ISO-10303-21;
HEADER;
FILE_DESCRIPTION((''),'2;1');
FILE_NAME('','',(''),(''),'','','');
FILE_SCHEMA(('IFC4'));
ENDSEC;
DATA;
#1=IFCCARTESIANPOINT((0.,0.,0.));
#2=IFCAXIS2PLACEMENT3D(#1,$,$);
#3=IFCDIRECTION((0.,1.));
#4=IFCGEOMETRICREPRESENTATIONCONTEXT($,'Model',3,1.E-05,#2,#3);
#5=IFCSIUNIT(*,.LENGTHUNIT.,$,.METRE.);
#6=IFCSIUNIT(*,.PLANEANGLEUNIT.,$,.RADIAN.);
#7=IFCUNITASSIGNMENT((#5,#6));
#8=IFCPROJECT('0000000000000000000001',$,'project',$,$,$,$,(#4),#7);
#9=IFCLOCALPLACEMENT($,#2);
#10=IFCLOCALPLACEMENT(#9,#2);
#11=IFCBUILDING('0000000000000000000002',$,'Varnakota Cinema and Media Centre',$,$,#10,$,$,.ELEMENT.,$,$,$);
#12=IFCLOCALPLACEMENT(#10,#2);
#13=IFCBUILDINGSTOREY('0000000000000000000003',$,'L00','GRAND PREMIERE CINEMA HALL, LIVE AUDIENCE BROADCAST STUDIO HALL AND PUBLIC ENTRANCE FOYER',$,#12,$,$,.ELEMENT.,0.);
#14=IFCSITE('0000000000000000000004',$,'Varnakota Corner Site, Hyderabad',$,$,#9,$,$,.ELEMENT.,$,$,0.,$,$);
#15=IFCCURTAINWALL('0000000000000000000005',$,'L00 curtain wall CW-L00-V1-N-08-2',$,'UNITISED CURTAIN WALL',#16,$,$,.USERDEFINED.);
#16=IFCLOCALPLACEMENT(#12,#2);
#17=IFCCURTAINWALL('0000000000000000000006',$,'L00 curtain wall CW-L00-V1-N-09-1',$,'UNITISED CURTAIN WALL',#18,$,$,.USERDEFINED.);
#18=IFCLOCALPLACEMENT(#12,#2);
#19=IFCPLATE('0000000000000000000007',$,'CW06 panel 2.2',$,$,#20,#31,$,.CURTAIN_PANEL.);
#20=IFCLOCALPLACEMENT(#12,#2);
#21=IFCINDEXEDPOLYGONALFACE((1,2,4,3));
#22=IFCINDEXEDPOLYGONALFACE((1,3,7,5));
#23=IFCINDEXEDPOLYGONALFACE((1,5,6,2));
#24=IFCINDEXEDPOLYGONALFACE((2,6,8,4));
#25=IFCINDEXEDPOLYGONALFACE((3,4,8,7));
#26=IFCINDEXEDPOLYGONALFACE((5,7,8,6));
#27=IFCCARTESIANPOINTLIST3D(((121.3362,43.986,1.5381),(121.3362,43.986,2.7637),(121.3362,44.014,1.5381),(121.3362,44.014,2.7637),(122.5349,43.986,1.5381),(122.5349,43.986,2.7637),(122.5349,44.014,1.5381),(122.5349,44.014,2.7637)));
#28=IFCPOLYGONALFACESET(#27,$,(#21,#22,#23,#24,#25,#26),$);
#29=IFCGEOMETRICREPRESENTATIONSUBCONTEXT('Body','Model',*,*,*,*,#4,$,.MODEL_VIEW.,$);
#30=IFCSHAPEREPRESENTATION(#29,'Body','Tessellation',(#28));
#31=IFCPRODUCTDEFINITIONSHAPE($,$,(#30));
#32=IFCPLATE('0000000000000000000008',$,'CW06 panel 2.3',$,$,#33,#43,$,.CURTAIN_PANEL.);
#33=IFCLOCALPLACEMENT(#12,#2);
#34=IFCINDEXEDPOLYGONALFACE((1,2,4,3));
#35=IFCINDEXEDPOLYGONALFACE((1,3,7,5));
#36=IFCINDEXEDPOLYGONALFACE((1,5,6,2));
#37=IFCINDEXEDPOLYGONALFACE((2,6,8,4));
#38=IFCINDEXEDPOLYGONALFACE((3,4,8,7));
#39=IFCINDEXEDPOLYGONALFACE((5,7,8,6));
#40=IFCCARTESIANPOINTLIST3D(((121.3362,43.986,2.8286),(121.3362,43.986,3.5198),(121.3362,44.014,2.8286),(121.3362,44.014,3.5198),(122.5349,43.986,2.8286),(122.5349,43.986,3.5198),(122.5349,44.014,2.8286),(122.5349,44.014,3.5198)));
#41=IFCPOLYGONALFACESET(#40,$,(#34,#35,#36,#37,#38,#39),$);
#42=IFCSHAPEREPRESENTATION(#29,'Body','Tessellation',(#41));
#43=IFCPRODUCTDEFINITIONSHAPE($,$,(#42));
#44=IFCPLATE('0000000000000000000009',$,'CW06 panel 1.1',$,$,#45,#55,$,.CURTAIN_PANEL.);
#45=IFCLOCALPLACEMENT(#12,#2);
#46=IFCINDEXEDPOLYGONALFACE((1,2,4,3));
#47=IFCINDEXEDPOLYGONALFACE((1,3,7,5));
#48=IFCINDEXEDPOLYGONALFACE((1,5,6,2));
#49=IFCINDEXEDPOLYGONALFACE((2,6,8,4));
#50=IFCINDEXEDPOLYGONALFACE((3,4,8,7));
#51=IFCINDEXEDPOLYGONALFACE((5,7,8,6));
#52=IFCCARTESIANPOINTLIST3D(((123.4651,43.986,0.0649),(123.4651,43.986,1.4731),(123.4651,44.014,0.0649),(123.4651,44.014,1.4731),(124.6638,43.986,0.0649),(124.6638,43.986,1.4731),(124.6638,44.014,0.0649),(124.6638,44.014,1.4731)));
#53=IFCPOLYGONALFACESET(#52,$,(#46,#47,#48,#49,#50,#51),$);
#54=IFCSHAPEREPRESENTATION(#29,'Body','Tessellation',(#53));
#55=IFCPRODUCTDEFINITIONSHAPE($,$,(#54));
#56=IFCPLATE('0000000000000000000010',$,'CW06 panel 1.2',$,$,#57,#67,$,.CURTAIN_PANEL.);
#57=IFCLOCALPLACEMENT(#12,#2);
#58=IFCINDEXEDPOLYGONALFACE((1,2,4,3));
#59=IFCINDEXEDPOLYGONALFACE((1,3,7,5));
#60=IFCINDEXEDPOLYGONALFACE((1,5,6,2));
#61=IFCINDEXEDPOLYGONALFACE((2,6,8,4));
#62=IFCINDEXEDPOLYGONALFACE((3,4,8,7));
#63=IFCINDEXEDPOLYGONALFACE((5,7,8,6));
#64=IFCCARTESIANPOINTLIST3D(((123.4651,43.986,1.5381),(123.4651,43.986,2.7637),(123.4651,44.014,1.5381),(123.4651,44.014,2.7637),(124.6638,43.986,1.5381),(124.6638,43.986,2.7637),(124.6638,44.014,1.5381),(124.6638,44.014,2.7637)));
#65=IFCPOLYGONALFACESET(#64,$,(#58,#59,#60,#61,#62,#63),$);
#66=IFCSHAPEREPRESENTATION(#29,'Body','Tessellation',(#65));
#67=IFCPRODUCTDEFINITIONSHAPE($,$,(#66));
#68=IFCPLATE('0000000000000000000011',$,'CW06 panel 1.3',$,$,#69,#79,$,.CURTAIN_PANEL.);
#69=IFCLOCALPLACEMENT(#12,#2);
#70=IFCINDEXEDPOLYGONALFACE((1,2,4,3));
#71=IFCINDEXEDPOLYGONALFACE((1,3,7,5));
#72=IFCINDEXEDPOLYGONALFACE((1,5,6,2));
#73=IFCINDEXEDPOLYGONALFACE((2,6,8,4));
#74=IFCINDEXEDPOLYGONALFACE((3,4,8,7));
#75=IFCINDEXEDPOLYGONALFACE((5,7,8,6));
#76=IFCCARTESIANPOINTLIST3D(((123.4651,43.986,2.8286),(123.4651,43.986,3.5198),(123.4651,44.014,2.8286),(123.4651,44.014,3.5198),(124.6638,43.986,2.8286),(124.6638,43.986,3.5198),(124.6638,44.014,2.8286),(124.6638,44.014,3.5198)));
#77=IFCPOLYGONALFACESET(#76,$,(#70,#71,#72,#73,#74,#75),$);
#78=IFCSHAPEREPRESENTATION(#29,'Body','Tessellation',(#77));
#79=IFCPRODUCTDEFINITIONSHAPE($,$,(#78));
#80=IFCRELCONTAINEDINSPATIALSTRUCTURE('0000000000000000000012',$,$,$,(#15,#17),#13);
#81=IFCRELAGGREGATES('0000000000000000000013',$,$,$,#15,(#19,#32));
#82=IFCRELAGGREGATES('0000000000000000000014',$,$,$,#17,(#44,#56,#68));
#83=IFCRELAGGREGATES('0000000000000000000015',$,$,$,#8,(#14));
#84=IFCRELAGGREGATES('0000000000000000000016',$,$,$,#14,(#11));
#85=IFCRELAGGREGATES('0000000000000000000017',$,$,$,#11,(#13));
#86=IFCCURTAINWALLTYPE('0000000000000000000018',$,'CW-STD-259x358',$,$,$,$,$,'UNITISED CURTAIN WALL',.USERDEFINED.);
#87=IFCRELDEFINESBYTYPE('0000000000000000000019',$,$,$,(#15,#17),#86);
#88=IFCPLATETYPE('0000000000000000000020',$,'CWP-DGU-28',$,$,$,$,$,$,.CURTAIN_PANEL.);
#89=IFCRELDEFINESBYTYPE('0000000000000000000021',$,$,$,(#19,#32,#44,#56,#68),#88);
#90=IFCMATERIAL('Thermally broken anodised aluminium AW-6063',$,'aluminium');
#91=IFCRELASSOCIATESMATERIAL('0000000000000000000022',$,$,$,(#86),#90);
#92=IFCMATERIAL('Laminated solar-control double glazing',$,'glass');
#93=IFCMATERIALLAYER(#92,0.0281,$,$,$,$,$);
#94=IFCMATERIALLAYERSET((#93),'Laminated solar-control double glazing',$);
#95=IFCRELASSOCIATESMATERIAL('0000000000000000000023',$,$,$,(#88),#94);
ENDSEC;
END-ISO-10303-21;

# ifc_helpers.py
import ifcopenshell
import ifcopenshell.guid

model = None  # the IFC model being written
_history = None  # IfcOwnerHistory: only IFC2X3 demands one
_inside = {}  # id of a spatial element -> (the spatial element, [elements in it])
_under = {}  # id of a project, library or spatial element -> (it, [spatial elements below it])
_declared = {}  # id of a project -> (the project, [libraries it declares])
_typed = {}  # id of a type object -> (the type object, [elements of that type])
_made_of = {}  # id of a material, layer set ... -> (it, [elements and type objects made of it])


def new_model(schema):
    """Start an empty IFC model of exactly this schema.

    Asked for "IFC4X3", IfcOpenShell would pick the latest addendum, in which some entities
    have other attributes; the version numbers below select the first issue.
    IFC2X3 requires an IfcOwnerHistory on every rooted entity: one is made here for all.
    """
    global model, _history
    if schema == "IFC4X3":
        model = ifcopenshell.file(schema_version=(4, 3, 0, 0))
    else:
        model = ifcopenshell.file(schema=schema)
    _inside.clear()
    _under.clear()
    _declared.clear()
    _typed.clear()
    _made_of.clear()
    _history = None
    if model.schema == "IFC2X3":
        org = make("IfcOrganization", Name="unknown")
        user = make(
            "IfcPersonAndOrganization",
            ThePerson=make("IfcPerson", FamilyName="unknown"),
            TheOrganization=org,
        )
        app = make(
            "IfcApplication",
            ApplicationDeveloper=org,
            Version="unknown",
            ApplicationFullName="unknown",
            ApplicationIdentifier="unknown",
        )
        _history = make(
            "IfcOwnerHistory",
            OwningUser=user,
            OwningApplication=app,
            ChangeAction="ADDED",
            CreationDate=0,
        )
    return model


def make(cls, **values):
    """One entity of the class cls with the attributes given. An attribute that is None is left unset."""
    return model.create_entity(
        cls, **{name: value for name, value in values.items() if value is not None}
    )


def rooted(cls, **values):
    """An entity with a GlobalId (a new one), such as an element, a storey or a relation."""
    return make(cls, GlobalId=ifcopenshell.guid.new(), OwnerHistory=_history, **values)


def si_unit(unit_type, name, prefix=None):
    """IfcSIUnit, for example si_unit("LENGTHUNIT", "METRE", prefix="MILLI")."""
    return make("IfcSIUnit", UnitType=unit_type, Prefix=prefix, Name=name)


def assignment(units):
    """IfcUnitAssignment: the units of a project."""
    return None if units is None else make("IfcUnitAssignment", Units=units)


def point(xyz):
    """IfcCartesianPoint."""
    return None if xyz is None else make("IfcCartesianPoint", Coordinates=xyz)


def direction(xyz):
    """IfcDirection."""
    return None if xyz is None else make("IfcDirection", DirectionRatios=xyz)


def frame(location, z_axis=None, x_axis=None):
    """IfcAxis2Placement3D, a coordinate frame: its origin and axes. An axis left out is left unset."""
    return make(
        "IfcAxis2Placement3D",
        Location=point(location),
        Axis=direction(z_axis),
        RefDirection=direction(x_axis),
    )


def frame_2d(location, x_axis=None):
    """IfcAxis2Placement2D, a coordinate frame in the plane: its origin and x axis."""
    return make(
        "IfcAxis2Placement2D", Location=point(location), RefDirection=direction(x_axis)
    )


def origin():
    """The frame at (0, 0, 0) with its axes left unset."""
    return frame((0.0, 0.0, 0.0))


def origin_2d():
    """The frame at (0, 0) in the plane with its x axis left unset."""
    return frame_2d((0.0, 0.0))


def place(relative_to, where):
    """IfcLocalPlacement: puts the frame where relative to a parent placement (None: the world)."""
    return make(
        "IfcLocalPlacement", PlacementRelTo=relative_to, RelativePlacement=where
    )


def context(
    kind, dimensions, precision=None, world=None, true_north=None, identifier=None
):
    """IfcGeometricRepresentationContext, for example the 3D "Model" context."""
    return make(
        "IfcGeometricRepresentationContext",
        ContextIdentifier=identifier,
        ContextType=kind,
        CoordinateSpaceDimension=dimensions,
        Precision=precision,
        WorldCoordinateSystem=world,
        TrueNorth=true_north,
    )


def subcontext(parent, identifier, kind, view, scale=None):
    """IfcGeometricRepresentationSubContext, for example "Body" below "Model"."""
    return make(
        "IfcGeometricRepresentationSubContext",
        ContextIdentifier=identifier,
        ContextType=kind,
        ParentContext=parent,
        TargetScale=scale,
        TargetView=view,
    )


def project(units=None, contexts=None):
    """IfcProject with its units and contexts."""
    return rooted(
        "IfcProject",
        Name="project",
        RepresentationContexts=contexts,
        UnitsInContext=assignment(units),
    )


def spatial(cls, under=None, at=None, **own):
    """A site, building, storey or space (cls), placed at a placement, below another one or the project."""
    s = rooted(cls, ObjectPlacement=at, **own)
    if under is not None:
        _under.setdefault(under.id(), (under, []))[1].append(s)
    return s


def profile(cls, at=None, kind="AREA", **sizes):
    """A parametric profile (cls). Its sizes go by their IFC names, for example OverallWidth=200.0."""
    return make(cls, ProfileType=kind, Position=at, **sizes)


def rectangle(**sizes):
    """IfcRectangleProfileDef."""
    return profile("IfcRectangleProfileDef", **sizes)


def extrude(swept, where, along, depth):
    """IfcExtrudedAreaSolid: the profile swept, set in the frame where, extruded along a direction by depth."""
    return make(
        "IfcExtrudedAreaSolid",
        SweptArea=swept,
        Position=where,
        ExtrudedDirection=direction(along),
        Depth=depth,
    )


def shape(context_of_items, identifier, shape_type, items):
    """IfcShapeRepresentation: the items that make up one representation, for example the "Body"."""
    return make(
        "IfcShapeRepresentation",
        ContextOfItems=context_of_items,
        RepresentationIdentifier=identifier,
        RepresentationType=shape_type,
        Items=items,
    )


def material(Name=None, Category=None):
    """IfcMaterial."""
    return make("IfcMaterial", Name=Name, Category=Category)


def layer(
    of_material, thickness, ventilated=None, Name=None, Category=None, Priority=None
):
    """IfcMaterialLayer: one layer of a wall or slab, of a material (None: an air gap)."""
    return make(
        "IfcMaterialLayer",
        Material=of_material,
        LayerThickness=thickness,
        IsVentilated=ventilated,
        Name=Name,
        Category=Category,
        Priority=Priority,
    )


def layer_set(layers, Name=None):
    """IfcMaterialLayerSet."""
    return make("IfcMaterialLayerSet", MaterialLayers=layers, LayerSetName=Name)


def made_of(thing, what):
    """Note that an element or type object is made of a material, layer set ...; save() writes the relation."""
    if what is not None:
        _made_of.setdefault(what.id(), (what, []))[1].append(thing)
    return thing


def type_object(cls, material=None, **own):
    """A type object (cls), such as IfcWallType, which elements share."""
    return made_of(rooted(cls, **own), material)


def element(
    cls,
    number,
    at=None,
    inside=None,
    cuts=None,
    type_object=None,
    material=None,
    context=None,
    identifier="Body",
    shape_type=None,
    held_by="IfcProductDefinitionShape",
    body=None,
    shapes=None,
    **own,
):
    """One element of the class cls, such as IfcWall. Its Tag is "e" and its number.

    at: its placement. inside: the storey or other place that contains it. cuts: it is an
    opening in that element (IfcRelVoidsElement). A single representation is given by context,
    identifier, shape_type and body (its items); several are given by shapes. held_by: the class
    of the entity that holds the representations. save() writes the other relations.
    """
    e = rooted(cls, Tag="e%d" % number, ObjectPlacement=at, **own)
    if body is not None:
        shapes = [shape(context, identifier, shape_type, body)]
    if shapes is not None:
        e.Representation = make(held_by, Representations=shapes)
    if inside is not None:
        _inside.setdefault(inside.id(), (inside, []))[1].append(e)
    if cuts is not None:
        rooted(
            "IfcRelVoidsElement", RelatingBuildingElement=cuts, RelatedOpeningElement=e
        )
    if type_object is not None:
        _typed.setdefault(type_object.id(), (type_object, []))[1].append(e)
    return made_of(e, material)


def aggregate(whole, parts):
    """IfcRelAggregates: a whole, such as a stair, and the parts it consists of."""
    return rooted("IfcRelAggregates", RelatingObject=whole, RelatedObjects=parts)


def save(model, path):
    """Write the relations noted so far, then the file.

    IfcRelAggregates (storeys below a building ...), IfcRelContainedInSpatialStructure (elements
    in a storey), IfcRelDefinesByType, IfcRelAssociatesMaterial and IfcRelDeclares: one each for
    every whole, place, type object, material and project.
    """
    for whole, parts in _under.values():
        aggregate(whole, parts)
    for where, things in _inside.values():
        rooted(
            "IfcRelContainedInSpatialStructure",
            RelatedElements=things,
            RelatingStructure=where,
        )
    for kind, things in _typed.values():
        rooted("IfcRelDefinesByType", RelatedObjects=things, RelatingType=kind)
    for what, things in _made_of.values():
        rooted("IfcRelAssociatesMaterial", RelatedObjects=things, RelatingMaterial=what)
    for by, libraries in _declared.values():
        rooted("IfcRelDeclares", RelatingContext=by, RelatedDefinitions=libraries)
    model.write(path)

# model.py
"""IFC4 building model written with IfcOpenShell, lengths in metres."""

from ifc_helpers import new_model, si_unit, direction, frame, origin, origin_2d, place, context, subcontext, project, spatial, rectangle, extrude, material, layer, layer_set, type_object, element, aggregate, save


model = new_model("IFC4")

# Units and contexts
model_context = context("Model", 3, precision=1e-05, world=origin(), true_north=direction((0.0, 1.0)))
body_context = subcontext(model_context, "Body", "Model", "MODEL_VIEW")
ifc_project = project(units=[si_unit("LENGTHUNIT", "METRE"), si_unit("PLANEANGLEUNIT", "RADIAN")], contexts=[model_context])

# Site, building, storey
site_placement = place(None, origin())
site = spatial("IfcSite", under=ifc_project, at=site_placement, Name="Varnakota Corner Site, Hyderabad", CompositionType="ELEMENT", RefElevation=0.0)
building_placement = place(site_placement, origin())
building = spatial("IfcBuilding", under=site, at=building_placement, Name="Varnakota Cinema and Media Centre", CompositionType="ELEMENT")
storey_placement = place(building_placement, origin())
storey = spatial("IfcBuildingStorey", under=building, at=storey_placement, Name="L00", Description="GRAND PREMIERE CINEMA HALL, LIVE AUDIENCE BROADCAST STUDIO HALL AND PUBLIC ENTRANCE FOYER", CompositionType="ELEMENT", Elevation=0.0)

# Curtain walls
ifc_material_1 = material(Name="Thermally broken anodised aluminium AW-6063", Category="aluminium")
curtain_wall_type = type_object("IfcCurtainWallType", Name="CW-STD-259x358", ElementType="UNITISED CURTAIN WALL", PredefinedType="USERDEFINED", material=ifc_material_1)
curtain_wall_1_placement = place(storey_placement, origin())
curtain_wall_1 = element("IfcCurtainWall", 1, at=curtain_wall_1_placement, inside=storey, type_object=curtain_wall_type, Name="L00 curtain wall CW-L00-V1-N-08-2", ObjectType="UNITISED CURTAIN WALL", PredefinedType="USERDEFINED")
curtain_wall_2_placement = place(storey_placement, origin())
curtain_wall_2 = element("IfcCurtainWall", 2, at=curtain_wall_2_placement, inside=storey, type_object=curtain_wall_type, Name="L00 curtain wall CW-L00-V1-N-09-1", ObjectType="UNITISED CURTAIN WALL", PredefinedType="USERDEFINED")

# Plates
ifc_material_2 = material(Name="Laminated solar-control double glazing", Category="glass")
ifc_layer = layer(ifc_material_2, 0.0281)
ifc_layer_set = layer_set([ifc_layer], Name="Laminated solar-control double glazing")
plate_type = type_object("IfcPlateType", Name="CWP-DGU-28", PredefinedType="CURTAIN_PANEL", material=ifc_layer_set)
plate_1_placement = place(storey_placement, frame((121.9355, 44.0, 1.5381), z_axis=(0.0, 0.0, 1.0), x_axis=(1.0, 0.0, 0.0)))
plate_1 = element("IfcPlate", 3, at=plate_1_placement, type_object=plate_type, Name="CW06 panel 2.2", PredefinedType="CURTAIN_PANEL", context=body_context, shape_type="SweptSolid", body=[
    extrude(rectangle(XDim=1.1987, YDim=0.0281, at=origin_2d()), origin(), (0.0, 0.0, 1.0), 1.2256),
])
plate_2_placement = place(storey_placement, frame((121.9355, 44.0, 2.8286), z_axis=(0.0, 0.0, 1.0), x_axis=(1.0, 0.0, 0.0)))
plate_2 = element("IfcPlate", 4, at=plate_2_placement, type_object=plate_type, Name="CW06 panel 2.3", PredefinedType="CURTAIN_PANEL", context=body_context, shape_type="SweptSolid", body=[
    extrude(rectangle(XDim=1.1987, YDim=0.0281, at=origin_2d()), origin(), (0.0, 0.0, 1.0), 0.6912),
])
aggregate(curtain_wall_1, [plate_1, plate_2])
plate_3_placement = place(storey_placement, frame((124.0645, 44.0, 0.0649), z_axis=(0.0, 0.0, 1.0), x_axis=(1.0, 0.0, 0.0)))
plate_3 = element("IfcPlate", 5, at=plate_3_placement, type_object=plate_type, Name="CW06 panel 1.1", PredefinedType="CURTAIN_PANEL", context=body_context, shape_type="SweptSolid", body=[
    extrude(rectangle(XDim=1.1987, YDim=0.0281, at=origin_2d()), origin(), (0.0, 0.0, 1.0), 1.4082),
])
plate_4_placement = place(storey_placement, frame((124.0645, 44.0, 1.5381), z_axis=(0.0, 0.0, 1.0), x_axis=(1.0, 0.0, 0.0)))
plate_4 = element("IfcPlate", 6, at=plate_4_placement, type_object=plate_type, Name="CW06 panel 1.2", PredefinedType="CURTAIN_PANEL", context=body_context, shape_type="SweptSolid", body=[
    extrude(rectangle(XDim=1.1987, YDim=0.0281, at=origin_2d()), origin(), (0.0, 0.0, 1.0), 1.2256),
])
plate_5_placement = place(storey_placement, frame((124.0645, 44.0, 2.8286), z_axis=(0.0, 0.0, 1.0), x_axis=(1.0, 0.0, 0.0)))
plate_5 = element("IfcPlate", 7, at=plate_5_placement, type_object=plate_type, Name="CW06 panel 1.3", PredefinedType="CURTAIN_PANEL", context=body_context, shape_type="SweptSolid", body=[
    extrude(rectangle(XDim=1.1987, YDim=0.0281, at=origin_2d()), origin(), (0.0, 0.0, 1.0), 0.6912),
])
aggregate(curtain_wall_2, [plate_3, plate_4, plate_5])

save(model, "model.ifc")
